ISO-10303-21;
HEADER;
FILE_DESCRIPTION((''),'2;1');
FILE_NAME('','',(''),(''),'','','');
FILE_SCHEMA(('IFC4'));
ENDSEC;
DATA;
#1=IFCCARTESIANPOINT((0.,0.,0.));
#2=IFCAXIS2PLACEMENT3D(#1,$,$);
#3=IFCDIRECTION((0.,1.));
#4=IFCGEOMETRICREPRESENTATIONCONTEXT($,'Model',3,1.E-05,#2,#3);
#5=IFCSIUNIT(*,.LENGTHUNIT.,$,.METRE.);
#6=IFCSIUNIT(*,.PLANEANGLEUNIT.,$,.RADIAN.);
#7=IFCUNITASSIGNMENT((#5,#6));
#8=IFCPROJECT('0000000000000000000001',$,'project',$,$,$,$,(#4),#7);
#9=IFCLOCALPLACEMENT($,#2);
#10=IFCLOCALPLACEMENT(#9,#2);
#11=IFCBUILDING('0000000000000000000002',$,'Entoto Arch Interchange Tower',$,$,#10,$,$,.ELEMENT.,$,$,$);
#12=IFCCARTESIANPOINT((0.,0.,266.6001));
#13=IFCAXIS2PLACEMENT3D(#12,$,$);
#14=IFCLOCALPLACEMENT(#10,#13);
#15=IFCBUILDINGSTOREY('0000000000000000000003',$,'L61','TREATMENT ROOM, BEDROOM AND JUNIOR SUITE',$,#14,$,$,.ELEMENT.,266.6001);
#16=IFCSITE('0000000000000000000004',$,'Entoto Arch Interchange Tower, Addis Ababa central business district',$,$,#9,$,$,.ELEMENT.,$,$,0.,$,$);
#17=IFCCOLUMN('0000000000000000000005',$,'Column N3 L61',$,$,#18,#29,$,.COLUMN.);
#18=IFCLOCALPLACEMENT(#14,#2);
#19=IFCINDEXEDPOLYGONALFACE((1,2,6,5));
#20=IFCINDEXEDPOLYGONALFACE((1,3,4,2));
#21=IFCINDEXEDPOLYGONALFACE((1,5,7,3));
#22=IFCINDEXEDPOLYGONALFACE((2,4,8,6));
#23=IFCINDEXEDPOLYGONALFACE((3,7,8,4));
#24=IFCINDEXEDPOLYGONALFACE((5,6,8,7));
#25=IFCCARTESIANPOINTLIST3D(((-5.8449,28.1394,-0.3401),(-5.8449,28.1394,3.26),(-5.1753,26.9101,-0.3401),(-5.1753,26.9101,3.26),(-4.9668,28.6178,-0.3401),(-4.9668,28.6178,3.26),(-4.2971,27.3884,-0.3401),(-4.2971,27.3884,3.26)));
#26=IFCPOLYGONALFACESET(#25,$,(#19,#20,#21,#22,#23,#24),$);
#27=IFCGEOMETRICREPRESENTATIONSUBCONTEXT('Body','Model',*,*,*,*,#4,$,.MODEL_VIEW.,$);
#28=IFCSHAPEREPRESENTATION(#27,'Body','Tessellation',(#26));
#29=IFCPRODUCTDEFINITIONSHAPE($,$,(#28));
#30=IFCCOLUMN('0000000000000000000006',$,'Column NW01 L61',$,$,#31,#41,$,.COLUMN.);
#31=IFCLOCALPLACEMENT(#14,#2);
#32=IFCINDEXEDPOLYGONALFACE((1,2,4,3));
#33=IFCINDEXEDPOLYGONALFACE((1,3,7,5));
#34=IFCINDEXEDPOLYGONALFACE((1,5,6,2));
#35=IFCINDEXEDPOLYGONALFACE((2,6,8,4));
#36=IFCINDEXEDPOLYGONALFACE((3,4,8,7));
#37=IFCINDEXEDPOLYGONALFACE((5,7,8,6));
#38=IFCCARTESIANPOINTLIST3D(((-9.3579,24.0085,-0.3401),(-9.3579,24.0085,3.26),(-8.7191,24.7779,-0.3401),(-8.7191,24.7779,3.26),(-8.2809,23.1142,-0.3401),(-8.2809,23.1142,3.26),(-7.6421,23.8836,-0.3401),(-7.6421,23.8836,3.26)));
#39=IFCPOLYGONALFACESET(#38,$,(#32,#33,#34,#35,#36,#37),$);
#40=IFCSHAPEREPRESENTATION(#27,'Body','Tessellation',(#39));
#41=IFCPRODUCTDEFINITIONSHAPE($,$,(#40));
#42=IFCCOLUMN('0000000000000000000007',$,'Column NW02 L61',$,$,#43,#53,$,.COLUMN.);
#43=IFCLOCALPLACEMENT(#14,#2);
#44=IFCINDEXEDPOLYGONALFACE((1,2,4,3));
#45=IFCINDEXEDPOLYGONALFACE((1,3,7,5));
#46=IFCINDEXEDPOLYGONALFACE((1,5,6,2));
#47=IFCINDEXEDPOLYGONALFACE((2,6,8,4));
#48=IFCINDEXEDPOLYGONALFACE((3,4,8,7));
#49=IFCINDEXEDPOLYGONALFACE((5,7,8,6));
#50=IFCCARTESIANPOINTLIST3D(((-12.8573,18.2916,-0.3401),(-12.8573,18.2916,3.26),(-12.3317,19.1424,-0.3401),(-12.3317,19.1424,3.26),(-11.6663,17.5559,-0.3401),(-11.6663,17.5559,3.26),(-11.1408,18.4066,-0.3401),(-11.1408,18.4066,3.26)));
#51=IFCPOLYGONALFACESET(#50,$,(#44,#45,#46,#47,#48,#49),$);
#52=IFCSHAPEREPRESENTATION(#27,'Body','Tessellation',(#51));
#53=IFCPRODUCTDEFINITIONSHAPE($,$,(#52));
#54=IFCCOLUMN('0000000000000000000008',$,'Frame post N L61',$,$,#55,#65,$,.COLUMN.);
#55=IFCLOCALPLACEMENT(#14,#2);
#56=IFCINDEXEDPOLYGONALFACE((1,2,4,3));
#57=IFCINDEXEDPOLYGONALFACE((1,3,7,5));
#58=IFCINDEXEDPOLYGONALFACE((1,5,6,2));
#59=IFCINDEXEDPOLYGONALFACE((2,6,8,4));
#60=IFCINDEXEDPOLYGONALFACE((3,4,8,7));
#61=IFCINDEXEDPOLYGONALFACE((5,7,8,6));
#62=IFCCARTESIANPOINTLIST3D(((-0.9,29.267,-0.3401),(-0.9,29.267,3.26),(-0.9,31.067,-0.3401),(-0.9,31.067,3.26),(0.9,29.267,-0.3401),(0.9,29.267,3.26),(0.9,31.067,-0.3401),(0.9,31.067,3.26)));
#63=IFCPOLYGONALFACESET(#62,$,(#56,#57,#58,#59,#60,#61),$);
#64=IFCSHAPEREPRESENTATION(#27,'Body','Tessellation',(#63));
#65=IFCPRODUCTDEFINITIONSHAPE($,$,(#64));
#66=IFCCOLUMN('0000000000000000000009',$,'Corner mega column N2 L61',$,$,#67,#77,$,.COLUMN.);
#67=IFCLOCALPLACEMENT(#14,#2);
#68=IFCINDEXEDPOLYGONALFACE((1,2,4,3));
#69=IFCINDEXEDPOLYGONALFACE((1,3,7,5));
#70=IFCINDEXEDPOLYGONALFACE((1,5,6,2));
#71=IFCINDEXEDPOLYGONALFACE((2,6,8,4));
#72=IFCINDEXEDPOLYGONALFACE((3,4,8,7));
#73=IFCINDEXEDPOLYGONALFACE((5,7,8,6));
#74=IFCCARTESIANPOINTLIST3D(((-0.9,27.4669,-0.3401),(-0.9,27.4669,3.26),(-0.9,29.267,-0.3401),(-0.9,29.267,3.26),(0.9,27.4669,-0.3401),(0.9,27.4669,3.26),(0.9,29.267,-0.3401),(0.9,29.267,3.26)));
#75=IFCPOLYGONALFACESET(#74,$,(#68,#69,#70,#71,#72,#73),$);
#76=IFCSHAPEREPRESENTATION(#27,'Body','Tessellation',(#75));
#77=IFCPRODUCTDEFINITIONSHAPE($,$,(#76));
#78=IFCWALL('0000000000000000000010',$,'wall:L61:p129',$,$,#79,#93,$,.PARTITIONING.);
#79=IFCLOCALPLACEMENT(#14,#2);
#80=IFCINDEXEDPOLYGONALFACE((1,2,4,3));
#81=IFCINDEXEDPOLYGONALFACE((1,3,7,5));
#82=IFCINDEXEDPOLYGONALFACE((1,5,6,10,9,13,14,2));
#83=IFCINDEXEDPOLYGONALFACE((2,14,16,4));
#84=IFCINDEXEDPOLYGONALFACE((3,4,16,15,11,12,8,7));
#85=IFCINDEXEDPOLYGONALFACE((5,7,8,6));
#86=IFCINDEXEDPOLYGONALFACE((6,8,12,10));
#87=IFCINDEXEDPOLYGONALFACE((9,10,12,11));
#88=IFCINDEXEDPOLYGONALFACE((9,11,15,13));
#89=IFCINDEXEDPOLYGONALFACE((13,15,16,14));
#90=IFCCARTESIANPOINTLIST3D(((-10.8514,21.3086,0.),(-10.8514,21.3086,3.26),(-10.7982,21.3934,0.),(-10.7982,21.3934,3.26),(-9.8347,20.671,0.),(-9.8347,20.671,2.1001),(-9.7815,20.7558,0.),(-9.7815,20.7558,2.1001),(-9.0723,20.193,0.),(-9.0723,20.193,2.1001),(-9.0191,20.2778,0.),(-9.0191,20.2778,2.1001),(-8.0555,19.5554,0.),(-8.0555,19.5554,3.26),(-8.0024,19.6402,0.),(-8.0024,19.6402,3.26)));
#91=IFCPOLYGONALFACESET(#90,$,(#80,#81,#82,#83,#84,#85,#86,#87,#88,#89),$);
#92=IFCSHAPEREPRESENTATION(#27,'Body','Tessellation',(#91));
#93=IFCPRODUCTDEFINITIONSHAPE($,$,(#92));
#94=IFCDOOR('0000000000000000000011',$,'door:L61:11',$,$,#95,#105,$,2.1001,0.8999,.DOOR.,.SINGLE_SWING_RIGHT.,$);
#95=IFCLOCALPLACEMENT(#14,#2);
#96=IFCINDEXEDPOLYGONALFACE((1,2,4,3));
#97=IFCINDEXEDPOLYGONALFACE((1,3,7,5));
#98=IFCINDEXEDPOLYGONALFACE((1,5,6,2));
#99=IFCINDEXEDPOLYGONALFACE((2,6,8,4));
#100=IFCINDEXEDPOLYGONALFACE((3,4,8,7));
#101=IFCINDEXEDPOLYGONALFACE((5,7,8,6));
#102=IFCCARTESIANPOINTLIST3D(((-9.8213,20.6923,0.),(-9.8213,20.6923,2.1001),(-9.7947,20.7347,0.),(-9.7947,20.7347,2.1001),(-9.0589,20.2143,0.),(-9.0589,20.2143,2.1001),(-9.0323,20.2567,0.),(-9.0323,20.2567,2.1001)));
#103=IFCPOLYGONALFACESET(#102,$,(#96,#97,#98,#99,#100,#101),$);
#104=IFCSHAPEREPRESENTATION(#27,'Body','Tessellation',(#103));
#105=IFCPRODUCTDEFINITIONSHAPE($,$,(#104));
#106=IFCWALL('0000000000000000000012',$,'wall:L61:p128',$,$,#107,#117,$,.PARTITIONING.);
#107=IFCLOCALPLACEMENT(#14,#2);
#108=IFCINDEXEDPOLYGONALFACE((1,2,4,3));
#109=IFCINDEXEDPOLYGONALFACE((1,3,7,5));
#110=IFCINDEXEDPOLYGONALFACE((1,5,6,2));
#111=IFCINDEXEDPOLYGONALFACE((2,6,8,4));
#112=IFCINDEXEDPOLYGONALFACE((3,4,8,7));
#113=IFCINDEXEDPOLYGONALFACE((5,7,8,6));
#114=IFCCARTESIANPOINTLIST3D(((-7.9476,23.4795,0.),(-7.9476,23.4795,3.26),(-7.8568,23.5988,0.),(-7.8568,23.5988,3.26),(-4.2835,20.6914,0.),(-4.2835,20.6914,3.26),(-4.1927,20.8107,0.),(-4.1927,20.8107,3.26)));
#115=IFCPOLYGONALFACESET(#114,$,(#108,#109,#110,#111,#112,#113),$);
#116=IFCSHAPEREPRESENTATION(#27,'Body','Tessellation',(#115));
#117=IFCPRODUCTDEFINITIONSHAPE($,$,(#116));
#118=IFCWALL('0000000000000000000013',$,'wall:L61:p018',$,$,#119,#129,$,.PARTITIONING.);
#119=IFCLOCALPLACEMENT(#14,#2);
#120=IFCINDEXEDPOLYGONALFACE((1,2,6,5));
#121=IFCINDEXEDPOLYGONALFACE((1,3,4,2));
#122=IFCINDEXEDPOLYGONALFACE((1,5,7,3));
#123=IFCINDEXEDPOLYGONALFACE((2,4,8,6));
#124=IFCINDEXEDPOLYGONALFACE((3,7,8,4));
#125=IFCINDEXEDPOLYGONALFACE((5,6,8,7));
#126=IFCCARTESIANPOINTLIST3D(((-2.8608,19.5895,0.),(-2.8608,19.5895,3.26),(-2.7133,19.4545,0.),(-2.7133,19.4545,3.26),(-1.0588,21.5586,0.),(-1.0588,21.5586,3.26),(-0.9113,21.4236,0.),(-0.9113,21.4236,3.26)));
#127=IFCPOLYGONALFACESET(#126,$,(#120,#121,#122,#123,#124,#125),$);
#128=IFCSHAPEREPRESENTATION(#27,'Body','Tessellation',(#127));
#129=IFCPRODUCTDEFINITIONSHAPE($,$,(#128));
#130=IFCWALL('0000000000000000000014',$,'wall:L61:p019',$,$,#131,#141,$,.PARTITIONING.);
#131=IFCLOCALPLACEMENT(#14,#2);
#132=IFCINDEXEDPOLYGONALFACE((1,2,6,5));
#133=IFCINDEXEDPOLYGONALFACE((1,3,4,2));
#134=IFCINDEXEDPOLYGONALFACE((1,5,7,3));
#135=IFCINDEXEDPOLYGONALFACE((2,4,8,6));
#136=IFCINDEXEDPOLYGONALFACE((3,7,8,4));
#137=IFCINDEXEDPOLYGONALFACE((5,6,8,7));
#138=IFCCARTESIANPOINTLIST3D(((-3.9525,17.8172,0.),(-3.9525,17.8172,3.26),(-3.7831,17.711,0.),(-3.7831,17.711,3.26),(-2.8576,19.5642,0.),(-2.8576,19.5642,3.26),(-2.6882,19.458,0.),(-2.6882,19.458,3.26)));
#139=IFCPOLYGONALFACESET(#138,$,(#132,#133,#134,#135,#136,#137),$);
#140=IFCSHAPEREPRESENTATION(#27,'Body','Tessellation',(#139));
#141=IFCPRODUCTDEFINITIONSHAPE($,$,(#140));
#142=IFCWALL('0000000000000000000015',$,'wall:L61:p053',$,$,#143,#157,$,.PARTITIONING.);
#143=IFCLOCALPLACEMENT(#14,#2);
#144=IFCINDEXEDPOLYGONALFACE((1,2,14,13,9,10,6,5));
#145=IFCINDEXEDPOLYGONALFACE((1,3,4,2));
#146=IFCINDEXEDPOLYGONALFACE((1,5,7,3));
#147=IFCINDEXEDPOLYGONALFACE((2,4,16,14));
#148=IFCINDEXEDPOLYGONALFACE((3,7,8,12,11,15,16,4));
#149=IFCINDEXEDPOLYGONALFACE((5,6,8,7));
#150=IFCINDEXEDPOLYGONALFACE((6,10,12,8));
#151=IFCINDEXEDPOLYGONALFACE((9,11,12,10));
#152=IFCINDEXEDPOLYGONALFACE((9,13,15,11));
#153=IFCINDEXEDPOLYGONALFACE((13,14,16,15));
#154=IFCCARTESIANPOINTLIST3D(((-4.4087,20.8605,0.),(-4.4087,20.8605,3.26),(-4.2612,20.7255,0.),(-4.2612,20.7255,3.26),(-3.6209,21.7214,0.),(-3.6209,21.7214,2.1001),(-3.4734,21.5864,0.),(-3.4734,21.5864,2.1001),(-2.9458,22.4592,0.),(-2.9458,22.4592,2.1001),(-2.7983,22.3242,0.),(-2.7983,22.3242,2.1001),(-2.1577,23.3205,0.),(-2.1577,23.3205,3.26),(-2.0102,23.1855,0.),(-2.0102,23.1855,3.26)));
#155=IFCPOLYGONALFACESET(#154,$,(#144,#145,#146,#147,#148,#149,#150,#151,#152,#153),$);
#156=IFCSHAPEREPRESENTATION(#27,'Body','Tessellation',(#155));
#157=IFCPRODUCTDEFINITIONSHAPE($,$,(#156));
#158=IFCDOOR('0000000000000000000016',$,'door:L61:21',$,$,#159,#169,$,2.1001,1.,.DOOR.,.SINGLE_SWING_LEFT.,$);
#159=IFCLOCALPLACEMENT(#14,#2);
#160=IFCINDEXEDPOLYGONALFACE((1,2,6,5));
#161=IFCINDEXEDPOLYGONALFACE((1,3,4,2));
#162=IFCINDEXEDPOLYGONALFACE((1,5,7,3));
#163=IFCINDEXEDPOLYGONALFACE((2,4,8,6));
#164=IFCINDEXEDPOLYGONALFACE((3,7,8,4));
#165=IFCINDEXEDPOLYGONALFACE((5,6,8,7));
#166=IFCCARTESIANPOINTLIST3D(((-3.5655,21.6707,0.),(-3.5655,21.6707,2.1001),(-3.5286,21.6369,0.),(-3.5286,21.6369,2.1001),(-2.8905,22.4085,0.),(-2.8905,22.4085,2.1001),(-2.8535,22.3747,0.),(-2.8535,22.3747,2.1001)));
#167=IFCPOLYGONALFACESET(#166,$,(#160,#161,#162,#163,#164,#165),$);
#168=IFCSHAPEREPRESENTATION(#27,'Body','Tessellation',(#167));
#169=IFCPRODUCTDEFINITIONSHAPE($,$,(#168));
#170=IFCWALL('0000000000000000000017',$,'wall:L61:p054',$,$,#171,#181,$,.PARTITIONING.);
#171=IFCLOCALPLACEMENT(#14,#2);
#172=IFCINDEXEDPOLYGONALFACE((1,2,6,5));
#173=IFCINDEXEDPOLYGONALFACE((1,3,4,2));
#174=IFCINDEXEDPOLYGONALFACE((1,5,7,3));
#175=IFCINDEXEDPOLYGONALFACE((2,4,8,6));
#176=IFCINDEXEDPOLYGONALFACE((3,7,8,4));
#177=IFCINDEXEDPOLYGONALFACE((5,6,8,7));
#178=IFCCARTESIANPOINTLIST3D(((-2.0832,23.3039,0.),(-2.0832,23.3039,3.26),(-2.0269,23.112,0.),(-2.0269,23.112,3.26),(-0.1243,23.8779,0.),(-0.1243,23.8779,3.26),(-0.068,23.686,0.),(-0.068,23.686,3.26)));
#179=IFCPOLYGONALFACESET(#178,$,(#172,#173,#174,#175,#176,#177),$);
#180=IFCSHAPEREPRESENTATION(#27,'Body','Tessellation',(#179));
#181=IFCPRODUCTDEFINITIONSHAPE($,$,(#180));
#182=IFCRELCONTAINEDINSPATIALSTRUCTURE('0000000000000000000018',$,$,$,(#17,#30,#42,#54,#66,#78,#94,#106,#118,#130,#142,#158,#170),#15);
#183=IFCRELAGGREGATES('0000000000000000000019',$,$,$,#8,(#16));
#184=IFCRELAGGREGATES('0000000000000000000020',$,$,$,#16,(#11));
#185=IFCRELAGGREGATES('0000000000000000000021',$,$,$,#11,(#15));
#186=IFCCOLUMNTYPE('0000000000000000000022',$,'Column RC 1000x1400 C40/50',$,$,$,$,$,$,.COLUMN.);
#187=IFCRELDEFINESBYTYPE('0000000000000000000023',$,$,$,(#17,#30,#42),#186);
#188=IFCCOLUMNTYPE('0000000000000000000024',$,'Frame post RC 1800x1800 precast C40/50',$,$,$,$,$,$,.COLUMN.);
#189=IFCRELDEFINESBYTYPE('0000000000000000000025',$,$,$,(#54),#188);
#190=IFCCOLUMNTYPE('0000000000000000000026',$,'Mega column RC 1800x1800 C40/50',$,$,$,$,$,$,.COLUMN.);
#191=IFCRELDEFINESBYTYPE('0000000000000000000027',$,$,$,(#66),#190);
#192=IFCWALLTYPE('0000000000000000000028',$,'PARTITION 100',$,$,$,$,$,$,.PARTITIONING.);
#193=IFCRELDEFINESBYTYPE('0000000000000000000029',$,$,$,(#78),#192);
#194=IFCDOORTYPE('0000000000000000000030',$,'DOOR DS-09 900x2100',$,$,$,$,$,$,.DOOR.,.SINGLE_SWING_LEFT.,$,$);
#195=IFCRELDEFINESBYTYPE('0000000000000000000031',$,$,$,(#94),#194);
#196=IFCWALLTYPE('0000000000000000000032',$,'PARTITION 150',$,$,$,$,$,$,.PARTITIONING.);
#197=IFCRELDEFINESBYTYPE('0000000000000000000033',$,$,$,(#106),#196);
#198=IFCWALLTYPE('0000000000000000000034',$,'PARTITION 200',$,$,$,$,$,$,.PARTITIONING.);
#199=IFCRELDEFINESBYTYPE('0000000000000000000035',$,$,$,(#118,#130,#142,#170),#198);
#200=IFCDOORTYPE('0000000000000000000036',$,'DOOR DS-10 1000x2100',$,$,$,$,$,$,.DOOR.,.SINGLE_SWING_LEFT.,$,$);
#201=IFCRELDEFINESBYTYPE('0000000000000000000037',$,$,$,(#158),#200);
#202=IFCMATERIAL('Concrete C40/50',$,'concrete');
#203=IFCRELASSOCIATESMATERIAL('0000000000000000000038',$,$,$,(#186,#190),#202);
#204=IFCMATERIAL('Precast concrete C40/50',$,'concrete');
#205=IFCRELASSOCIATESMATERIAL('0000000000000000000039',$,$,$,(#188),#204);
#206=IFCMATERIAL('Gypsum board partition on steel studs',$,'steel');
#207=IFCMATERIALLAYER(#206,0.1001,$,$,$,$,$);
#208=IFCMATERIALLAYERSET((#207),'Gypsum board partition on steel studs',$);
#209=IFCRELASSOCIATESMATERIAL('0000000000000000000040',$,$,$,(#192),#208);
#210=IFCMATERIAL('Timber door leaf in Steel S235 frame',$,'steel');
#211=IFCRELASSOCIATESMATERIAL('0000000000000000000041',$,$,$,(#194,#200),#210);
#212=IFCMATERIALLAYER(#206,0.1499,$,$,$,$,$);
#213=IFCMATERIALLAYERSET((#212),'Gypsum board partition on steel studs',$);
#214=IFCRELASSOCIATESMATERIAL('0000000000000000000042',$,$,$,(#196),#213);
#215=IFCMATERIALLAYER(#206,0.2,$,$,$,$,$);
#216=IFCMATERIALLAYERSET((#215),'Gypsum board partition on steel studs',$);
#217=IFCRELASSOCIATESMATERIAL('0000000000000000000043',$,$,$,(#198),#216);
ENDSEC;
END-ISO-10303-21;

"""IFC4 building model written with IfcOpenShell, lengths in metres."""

from ifc_helpers import new_model, si_unit, direction, frame, frame_2d, origin, origin_2d, place, context, subcontext, project, spatial, rectangle, extrude, material, layer, layer_set, material_profile, profile_set, type_object, element, fill, save


model = new_model("IFC4")

# Units and contexts
model_context = context("Model", 3, precision=1e-05, world=origin(), true_north=direction((0.0, 1.0)))
body_context = subcontext(model_context, "Body", "Model", "MODEL_VIEW")
ifc_project = project(units=[si_unit("LENGTHUNIT", "METRE"), si_unit("PLANEANGLEUNIT", "RADIAN")], contexts=[model_context])

# Site, building, storey
site_placement = place(None, origin())
site = spatial("IfcSite", under=ifc_project, at=site_placement, Name="Entoto Arch Interchange Tower, Addis Ababa central business district", CompositionType="ELEMENT", RefElevation=0.0)
building_placement = place(site_placement, origin())
building = spatial("IfcBuilding", under=site, at=building_placement, Name="Entoto Arch Interchange Tower", CompositionType="ELEMENT")
storey_placement = place(building_placement, frame((0.0, 0.0, 266.6001)))
storey = spatial("IfcBuildingStorey", under=building, at=storey_placement, Name="L61", Description="TREATMENT ROOM, BEDROOM AND JUNIOR SUITE", CompositionType="ELEMENT", Elevation=266.6001)

# Columns
ifc_material_1 = material(Name="Concrete C40/50", Category="concrete")
ifc_material_profile_1 = material_profile(ifc_material_1, rectangle(XDim=1.0, YDim=1.3999, at=origin_2d()))
ifc_profile_set_1 = profile_set([ifc_material_profile_1], Name="Concrete C40/50")
column_type_1 = type_object("IfcColumnType", Name="Column RC 1000x1400 C40/50", PredefinedType="COLUMN", material=ifc_profile_set_1)
for number, where, z_axis, x_axis, name in (
    (1, (-5.071, 27.7639, -0.3401), (0.0, 0.0, 1.0), (0.878175, 0.478339, 0.0), "Column N3 L61"),
    (2, (-8.5, 23.946, -0.3401), (0.0, 0.0, 1.0), (0.638835, 0.769344, 0.0), "Column NW01 L61"),
    (3, (-11.999, 18.3491, -0.3401), (0.0, 0.0, 1.0), (0.525576, 0.850747, 0.0), "Column NW02 L61"),
):
    element("IfcColumn", number, at=place(storey_placement, frame(where, z_axis=z_axis, x_axis=x_axis)), inside=storey, type_object=column_type_1, Name=name, PredefinedType="COLUMN", context=body_context, shape_type="SweptSolid", body=[
        extrude(rectangle(XDim=1.0, YDim=1.3999, at=origin_2d()), origin(), (0.0, 0.0, 1.0), 3.6001),
    ])
ifc_material_2 = material(Name="Precast concrete C40/50", Category="concrete")
ifc_material_profile_2 = material_profile(ifc_material_2, rectangle(XDim=1.8, YDim=1.8, at=origin_2d()))
ifc_profile_set_2 = profile_set([ifc_material_profile_2], Name="Precast concrete C40/50")
column_type_2 = type_object("IfcColumnType", Name="Frame post RC 1800x1800 precast C40/50", PredefinedType="COLUMN", material=ifc_profile_set_2)
column_1_placement = place(storey_placement, frame((0.0, 30.167, -0.3401), z_axis=(0.0, 0.0, 1.0), x_axis=(0.0, 1.0, 0.0)))
element("IfcColumn", 4, at=column_1_placement, inside=storey, type_object=column_type_2, Name="Frame post N L61", PredefinedType="COLUMN", context=body_context, shape_type="SweptSolid", body=[
    extrude(rectangle(XDim=1.8, YDim=1.8, at=origin_2d()), origin(), (0.0, 0.0, 1.0), 3.6001),
])
ifc_material_profile_3 = material_profile(ifc_material_1, rectangle(XDim=1.8, YDim=1.8, at=origin_2d()))
ifc_profile_set_3 = profile_set([ifc_material_profile_3], Name="Concrete C40/50")
column_type_3 = type_object("IfcColumnType", Name="Mega column RC 1800x1800 C40/50", PredefinedType="COLUMN", material=ifc_profile_set_3)
column_2_placement = place(storey_placement, frame((0.0, 28.3669, -0.3401), z_axis=(0.0, 0.0, 1.0), x_axis=(0.0, 1.0, 0.0)))
element("IfcColumn", 5, at=column_2_placement, inside=storey, type_object=column_type_3, Name="Corner mega column N2 L61", PredefinedType="COLUMN", context=body_context, shape_type="SweptSolid", body=[
    extrude(rectangle(XDim=1.8, YDim=1.8, at=origin_2d()), origin(), (0.0, 0.0, 1.0), 3.6001),
])

# Wall, opening, door
ifc_material_3 = material(Name="Gypsum board partition on steel studs", Category="steel")
ifc_layer_1 = layer(ifc_material_3, 0.1001)
ifc_layer_set_1 = layer_set([ifc_layer_1], Name="Gypsum board partition on steel studs")
wall_type_1 = type_object("IfcWallType", Name="PARTITION 100", PredefinedType="PARTITIONING", material=ifc_layer_set_1)
wall_1_placement = place(storey_placement, frame((-8.0291, 19.5979, 0.0), z_axis=(0.0, 0.0, 1.0), x_axis=(-0.847216, 0.531249, 0.0)))
wall_1 = element("IfcWall", 6, at=wall_1_placement, inside=storey, type_object=wall_type_1, Name="wall:L61:p129", PredefinedType="PARTITIONING", context=body_context, shape_type="SweptSolid", body=[
    extrude(rectangle(XDim=3.3, YDim=0.1001, at=frame_2d((1.6499, 0.0))), origin(), (0.0, 0.0, 1.0), 3.26),
])
opening_1_placement = place(wall_1_placement, frame((1.2, 0.0, 0.0)))
opening_1 = element("IfcOpeningElement", 7, at=opening_1_placement, cuts=wall_1, PredefinedType="OPENING", context=body_context, shape_type="SweptSolid", body=[
    extrude(rectangle(XDim=0.8999, YDim=2.1001, at=frame_2d((0.45, 1.05))), frame((0.0, 0.0601, 0.0), z_axis=(0.0, -1.0, 0.0), x_axis=(1.0, 0.0, 0.0)), (0.0, 0.0, 1.0), 0.1201),
])
ifc_material_4 = material(Name="Timber door leaf in Steel S235 frame", Category="steel")
door_type_1 = type_object("IfcDoorType", Name="DOOR DS-09 900x2100", OperationType="SINGLE_SWING_LEFT", PredefinedType="DOOR", material=ifc_material_4)
door_1_placement = place(opening_1_placement, origin())
door_1 = element("IfcDoor", 8, at=door_1_placement, inside=storey, type_object=door_type_1, Name="door:L61:11", OperationType="SINGLE_SWING_RIGHT", OverallHeight=2.1001, OverallWidth=0.8999, PredefinedType="DOOR", context=body_context, shape_type="SweptSolid", body=[
    extrude(rectangle(XDim=0.8999, YDim=2.1001, at=frame_2d((0.45, 1.05))), frame((0.0, 0.0249, 0.0), z_axis=(0.0, -1.0, 0.0), x_axis=(1.0, 0.0, 0.0)), (0.0, 0.0, 1.0), 0.05),
])
fill(opening_1, door_1)

# Walls
ifc_layer_2 = layer(ifc_material_3, 0.1499)
ifc_layer_set_2 = layer_set([ifc_layer_2], Name="Gypsum board partition on steel studs")
wall_type_2 = type_object("IfcWallType", Name="PARTITION 150", PredefinedType="PARTITIONING", material=ifc_layer_set_2)
wall_2_placement = place(storey_placement, frame((-4.238, 20.751, 0.0), z_axis=(0.0, 0.0, 1.0), x_axis=(-0.795806, 0.605551, 0.0)))
element("IfcWall", 9, at=wall_2_placement, inside=storey, type_object=wall_type_2, Name="wall:L61:p128", PredefinedType="PARTITIONING", context=body_context, shape_type="SweptSolid", body=[
    extrude(rectangle(XDim=4.6042, YDim=0.1499, at=frame_2d((2.3022, 0.0))), origin(), (0.0, 0.0, 1.0), 3.26),
])
ifc_layer_3 = layer(ifc_material_3, 0.2)
ifc_layer_set_3 = layer_set([ifc_layer_3], Name="Gypsum board partition on steel studs")
wall_type_3 = type_object("IfcWallType", Name="PARTITION 200", PredefinedType="PARTITIONING", material=ifc_layer_set_3)
wall_3_placement = place(storey_placement, frame((-0.9851, 21.491, 0.0), z_axis=(0.0, 0.0, 1.0), x_axis=(-0.675132, -0.737697, 0.0)))
element("IfcWall", 10, at=wall_3_placement, inside=storey, type_object=wall_type_3, Name="wall:L61:p018", PredefinedType="PARTITIONING", context=body_context, shape_type="SweptSolid", body=[
    extrude(rectangle(XDim=2.6692, YDim=0.2, at=frame_2d((1.3345, 0.0))), origin(), (0.0, 0.0, 1.0), 3.26),
])
wall_4_placement = place(storey_placement, frame((-2.7729, 19.511, 0.0), z_axis=(0.0, 0.0, 1.0), x_axis=(-0.531063, -0.847332, 0.0)))
element("IfcWall", 11, at=wall_4_placement, inside=storey, type_object=wall_type_3, Name="wall:L61:p019", PredefinedType="PARTITIONING", context=body_context, shape_type="SweptSolid", body=[
    extrude(rectangle(XDim=2.0618, YDim=0.2, at=frame_2d((1.0308, 0.0))), origin(), (0.0, 0.0, 1.0), 3.26),
])

# Wall, opening, door
wall_5_placement = place(storey_placement, frame((-4.335, 20.793, 0.0), z_axis=(0.0, 0.0, 1.0), x_axis=(0.675075, 0.73775, 0.0)))
wall_5 = element("IfcWall", 12, at=wall_5_placement, inside=storey, type_object=wall_type_3, Name="wall:L61:p053", PredefinedType="PARTITIONING", context=body_context, shape_type="SweptSolid", body=[
    extrude(rectangle(XDim=3.3345, YDim=0.2, at=frame_2d((1.6672, 0.0))), origin(), (0.0, 0.0, 1.0), 3.26),
])
opening_2_placement = place(wall_5_placement, frame((1.167, 0.0, 0.0)))
opening_2 = element("IfcOpeningElement", 13, at=opening_2_placement, cuts=wall_5, PredefinedType="OPENING", context=body_context, shape_type="SweptSolid", body=[
    extrude(rectangle(XDim=1.0, YDim=2.1001, at=frame_2d((0.5, 1.05))), frame((0.0, 0.1099, 0.0), z_axis=(0.0, -1.0, 0.0), x_axis=(1.0, 0.0, 0.0)), (0.0, 0.0, 1.0), 0.22),
])
door_type_2 = type_object("IfcDoorType", Name="DOOR DS-10 1000x2100", OperationType="SINGLE_SWING_LEFT", PredefinedType="DOOR", material=ifc_material_4)
door_2_placement = place(opening_2_placement, origin())
door_2 = element("IfcDoor", 14, at=door_2_placement, inside=storey, type_object=door_type_2, Name="door:L61:21", OperationType="SINGLE_SWING_LEFT", OverallHeight=2.1001, OverallWidth=1.0, PredefinedType="DOOR", context=body_context, shape_type="SweptSolid", body=[
    extrude(rectangle(XDim=1.0, YDim=2.1001, at=frame_2d((0.5, 1.05))), frame((0.0, 0.0249, 0.0), z_axis=(0.0, -1.0, 0.0), x_axis=(1.0, 0.0, 0.0)), (0.0, 0.0, 1.0), 0.05),
])
fill(opening_2, door_2)

# Wall
wall_6_placement = place(storey_placement, frame((-2.0549, 23.208, 0.0), z_axis=(0.0, 0.0, 1.0), x_axis=(0.959656, 0.281175, 0.0)))
element("IfcWall", 15, at=wall_6_placement, inside=storey, type_object=wall_type_3, Name="wall:L61:p054", PredefinedType="PARTITIONING", context=body_context, shape_type="SweptSolid", body=[
    extrude(rectangle(XDim=2.0413, YDim=0.2, at=frame_2d((1.0205, 0.0))), origin(), (0.0, 0.0, 1.0), 3.26),
])

save(model, "model.ifc")
